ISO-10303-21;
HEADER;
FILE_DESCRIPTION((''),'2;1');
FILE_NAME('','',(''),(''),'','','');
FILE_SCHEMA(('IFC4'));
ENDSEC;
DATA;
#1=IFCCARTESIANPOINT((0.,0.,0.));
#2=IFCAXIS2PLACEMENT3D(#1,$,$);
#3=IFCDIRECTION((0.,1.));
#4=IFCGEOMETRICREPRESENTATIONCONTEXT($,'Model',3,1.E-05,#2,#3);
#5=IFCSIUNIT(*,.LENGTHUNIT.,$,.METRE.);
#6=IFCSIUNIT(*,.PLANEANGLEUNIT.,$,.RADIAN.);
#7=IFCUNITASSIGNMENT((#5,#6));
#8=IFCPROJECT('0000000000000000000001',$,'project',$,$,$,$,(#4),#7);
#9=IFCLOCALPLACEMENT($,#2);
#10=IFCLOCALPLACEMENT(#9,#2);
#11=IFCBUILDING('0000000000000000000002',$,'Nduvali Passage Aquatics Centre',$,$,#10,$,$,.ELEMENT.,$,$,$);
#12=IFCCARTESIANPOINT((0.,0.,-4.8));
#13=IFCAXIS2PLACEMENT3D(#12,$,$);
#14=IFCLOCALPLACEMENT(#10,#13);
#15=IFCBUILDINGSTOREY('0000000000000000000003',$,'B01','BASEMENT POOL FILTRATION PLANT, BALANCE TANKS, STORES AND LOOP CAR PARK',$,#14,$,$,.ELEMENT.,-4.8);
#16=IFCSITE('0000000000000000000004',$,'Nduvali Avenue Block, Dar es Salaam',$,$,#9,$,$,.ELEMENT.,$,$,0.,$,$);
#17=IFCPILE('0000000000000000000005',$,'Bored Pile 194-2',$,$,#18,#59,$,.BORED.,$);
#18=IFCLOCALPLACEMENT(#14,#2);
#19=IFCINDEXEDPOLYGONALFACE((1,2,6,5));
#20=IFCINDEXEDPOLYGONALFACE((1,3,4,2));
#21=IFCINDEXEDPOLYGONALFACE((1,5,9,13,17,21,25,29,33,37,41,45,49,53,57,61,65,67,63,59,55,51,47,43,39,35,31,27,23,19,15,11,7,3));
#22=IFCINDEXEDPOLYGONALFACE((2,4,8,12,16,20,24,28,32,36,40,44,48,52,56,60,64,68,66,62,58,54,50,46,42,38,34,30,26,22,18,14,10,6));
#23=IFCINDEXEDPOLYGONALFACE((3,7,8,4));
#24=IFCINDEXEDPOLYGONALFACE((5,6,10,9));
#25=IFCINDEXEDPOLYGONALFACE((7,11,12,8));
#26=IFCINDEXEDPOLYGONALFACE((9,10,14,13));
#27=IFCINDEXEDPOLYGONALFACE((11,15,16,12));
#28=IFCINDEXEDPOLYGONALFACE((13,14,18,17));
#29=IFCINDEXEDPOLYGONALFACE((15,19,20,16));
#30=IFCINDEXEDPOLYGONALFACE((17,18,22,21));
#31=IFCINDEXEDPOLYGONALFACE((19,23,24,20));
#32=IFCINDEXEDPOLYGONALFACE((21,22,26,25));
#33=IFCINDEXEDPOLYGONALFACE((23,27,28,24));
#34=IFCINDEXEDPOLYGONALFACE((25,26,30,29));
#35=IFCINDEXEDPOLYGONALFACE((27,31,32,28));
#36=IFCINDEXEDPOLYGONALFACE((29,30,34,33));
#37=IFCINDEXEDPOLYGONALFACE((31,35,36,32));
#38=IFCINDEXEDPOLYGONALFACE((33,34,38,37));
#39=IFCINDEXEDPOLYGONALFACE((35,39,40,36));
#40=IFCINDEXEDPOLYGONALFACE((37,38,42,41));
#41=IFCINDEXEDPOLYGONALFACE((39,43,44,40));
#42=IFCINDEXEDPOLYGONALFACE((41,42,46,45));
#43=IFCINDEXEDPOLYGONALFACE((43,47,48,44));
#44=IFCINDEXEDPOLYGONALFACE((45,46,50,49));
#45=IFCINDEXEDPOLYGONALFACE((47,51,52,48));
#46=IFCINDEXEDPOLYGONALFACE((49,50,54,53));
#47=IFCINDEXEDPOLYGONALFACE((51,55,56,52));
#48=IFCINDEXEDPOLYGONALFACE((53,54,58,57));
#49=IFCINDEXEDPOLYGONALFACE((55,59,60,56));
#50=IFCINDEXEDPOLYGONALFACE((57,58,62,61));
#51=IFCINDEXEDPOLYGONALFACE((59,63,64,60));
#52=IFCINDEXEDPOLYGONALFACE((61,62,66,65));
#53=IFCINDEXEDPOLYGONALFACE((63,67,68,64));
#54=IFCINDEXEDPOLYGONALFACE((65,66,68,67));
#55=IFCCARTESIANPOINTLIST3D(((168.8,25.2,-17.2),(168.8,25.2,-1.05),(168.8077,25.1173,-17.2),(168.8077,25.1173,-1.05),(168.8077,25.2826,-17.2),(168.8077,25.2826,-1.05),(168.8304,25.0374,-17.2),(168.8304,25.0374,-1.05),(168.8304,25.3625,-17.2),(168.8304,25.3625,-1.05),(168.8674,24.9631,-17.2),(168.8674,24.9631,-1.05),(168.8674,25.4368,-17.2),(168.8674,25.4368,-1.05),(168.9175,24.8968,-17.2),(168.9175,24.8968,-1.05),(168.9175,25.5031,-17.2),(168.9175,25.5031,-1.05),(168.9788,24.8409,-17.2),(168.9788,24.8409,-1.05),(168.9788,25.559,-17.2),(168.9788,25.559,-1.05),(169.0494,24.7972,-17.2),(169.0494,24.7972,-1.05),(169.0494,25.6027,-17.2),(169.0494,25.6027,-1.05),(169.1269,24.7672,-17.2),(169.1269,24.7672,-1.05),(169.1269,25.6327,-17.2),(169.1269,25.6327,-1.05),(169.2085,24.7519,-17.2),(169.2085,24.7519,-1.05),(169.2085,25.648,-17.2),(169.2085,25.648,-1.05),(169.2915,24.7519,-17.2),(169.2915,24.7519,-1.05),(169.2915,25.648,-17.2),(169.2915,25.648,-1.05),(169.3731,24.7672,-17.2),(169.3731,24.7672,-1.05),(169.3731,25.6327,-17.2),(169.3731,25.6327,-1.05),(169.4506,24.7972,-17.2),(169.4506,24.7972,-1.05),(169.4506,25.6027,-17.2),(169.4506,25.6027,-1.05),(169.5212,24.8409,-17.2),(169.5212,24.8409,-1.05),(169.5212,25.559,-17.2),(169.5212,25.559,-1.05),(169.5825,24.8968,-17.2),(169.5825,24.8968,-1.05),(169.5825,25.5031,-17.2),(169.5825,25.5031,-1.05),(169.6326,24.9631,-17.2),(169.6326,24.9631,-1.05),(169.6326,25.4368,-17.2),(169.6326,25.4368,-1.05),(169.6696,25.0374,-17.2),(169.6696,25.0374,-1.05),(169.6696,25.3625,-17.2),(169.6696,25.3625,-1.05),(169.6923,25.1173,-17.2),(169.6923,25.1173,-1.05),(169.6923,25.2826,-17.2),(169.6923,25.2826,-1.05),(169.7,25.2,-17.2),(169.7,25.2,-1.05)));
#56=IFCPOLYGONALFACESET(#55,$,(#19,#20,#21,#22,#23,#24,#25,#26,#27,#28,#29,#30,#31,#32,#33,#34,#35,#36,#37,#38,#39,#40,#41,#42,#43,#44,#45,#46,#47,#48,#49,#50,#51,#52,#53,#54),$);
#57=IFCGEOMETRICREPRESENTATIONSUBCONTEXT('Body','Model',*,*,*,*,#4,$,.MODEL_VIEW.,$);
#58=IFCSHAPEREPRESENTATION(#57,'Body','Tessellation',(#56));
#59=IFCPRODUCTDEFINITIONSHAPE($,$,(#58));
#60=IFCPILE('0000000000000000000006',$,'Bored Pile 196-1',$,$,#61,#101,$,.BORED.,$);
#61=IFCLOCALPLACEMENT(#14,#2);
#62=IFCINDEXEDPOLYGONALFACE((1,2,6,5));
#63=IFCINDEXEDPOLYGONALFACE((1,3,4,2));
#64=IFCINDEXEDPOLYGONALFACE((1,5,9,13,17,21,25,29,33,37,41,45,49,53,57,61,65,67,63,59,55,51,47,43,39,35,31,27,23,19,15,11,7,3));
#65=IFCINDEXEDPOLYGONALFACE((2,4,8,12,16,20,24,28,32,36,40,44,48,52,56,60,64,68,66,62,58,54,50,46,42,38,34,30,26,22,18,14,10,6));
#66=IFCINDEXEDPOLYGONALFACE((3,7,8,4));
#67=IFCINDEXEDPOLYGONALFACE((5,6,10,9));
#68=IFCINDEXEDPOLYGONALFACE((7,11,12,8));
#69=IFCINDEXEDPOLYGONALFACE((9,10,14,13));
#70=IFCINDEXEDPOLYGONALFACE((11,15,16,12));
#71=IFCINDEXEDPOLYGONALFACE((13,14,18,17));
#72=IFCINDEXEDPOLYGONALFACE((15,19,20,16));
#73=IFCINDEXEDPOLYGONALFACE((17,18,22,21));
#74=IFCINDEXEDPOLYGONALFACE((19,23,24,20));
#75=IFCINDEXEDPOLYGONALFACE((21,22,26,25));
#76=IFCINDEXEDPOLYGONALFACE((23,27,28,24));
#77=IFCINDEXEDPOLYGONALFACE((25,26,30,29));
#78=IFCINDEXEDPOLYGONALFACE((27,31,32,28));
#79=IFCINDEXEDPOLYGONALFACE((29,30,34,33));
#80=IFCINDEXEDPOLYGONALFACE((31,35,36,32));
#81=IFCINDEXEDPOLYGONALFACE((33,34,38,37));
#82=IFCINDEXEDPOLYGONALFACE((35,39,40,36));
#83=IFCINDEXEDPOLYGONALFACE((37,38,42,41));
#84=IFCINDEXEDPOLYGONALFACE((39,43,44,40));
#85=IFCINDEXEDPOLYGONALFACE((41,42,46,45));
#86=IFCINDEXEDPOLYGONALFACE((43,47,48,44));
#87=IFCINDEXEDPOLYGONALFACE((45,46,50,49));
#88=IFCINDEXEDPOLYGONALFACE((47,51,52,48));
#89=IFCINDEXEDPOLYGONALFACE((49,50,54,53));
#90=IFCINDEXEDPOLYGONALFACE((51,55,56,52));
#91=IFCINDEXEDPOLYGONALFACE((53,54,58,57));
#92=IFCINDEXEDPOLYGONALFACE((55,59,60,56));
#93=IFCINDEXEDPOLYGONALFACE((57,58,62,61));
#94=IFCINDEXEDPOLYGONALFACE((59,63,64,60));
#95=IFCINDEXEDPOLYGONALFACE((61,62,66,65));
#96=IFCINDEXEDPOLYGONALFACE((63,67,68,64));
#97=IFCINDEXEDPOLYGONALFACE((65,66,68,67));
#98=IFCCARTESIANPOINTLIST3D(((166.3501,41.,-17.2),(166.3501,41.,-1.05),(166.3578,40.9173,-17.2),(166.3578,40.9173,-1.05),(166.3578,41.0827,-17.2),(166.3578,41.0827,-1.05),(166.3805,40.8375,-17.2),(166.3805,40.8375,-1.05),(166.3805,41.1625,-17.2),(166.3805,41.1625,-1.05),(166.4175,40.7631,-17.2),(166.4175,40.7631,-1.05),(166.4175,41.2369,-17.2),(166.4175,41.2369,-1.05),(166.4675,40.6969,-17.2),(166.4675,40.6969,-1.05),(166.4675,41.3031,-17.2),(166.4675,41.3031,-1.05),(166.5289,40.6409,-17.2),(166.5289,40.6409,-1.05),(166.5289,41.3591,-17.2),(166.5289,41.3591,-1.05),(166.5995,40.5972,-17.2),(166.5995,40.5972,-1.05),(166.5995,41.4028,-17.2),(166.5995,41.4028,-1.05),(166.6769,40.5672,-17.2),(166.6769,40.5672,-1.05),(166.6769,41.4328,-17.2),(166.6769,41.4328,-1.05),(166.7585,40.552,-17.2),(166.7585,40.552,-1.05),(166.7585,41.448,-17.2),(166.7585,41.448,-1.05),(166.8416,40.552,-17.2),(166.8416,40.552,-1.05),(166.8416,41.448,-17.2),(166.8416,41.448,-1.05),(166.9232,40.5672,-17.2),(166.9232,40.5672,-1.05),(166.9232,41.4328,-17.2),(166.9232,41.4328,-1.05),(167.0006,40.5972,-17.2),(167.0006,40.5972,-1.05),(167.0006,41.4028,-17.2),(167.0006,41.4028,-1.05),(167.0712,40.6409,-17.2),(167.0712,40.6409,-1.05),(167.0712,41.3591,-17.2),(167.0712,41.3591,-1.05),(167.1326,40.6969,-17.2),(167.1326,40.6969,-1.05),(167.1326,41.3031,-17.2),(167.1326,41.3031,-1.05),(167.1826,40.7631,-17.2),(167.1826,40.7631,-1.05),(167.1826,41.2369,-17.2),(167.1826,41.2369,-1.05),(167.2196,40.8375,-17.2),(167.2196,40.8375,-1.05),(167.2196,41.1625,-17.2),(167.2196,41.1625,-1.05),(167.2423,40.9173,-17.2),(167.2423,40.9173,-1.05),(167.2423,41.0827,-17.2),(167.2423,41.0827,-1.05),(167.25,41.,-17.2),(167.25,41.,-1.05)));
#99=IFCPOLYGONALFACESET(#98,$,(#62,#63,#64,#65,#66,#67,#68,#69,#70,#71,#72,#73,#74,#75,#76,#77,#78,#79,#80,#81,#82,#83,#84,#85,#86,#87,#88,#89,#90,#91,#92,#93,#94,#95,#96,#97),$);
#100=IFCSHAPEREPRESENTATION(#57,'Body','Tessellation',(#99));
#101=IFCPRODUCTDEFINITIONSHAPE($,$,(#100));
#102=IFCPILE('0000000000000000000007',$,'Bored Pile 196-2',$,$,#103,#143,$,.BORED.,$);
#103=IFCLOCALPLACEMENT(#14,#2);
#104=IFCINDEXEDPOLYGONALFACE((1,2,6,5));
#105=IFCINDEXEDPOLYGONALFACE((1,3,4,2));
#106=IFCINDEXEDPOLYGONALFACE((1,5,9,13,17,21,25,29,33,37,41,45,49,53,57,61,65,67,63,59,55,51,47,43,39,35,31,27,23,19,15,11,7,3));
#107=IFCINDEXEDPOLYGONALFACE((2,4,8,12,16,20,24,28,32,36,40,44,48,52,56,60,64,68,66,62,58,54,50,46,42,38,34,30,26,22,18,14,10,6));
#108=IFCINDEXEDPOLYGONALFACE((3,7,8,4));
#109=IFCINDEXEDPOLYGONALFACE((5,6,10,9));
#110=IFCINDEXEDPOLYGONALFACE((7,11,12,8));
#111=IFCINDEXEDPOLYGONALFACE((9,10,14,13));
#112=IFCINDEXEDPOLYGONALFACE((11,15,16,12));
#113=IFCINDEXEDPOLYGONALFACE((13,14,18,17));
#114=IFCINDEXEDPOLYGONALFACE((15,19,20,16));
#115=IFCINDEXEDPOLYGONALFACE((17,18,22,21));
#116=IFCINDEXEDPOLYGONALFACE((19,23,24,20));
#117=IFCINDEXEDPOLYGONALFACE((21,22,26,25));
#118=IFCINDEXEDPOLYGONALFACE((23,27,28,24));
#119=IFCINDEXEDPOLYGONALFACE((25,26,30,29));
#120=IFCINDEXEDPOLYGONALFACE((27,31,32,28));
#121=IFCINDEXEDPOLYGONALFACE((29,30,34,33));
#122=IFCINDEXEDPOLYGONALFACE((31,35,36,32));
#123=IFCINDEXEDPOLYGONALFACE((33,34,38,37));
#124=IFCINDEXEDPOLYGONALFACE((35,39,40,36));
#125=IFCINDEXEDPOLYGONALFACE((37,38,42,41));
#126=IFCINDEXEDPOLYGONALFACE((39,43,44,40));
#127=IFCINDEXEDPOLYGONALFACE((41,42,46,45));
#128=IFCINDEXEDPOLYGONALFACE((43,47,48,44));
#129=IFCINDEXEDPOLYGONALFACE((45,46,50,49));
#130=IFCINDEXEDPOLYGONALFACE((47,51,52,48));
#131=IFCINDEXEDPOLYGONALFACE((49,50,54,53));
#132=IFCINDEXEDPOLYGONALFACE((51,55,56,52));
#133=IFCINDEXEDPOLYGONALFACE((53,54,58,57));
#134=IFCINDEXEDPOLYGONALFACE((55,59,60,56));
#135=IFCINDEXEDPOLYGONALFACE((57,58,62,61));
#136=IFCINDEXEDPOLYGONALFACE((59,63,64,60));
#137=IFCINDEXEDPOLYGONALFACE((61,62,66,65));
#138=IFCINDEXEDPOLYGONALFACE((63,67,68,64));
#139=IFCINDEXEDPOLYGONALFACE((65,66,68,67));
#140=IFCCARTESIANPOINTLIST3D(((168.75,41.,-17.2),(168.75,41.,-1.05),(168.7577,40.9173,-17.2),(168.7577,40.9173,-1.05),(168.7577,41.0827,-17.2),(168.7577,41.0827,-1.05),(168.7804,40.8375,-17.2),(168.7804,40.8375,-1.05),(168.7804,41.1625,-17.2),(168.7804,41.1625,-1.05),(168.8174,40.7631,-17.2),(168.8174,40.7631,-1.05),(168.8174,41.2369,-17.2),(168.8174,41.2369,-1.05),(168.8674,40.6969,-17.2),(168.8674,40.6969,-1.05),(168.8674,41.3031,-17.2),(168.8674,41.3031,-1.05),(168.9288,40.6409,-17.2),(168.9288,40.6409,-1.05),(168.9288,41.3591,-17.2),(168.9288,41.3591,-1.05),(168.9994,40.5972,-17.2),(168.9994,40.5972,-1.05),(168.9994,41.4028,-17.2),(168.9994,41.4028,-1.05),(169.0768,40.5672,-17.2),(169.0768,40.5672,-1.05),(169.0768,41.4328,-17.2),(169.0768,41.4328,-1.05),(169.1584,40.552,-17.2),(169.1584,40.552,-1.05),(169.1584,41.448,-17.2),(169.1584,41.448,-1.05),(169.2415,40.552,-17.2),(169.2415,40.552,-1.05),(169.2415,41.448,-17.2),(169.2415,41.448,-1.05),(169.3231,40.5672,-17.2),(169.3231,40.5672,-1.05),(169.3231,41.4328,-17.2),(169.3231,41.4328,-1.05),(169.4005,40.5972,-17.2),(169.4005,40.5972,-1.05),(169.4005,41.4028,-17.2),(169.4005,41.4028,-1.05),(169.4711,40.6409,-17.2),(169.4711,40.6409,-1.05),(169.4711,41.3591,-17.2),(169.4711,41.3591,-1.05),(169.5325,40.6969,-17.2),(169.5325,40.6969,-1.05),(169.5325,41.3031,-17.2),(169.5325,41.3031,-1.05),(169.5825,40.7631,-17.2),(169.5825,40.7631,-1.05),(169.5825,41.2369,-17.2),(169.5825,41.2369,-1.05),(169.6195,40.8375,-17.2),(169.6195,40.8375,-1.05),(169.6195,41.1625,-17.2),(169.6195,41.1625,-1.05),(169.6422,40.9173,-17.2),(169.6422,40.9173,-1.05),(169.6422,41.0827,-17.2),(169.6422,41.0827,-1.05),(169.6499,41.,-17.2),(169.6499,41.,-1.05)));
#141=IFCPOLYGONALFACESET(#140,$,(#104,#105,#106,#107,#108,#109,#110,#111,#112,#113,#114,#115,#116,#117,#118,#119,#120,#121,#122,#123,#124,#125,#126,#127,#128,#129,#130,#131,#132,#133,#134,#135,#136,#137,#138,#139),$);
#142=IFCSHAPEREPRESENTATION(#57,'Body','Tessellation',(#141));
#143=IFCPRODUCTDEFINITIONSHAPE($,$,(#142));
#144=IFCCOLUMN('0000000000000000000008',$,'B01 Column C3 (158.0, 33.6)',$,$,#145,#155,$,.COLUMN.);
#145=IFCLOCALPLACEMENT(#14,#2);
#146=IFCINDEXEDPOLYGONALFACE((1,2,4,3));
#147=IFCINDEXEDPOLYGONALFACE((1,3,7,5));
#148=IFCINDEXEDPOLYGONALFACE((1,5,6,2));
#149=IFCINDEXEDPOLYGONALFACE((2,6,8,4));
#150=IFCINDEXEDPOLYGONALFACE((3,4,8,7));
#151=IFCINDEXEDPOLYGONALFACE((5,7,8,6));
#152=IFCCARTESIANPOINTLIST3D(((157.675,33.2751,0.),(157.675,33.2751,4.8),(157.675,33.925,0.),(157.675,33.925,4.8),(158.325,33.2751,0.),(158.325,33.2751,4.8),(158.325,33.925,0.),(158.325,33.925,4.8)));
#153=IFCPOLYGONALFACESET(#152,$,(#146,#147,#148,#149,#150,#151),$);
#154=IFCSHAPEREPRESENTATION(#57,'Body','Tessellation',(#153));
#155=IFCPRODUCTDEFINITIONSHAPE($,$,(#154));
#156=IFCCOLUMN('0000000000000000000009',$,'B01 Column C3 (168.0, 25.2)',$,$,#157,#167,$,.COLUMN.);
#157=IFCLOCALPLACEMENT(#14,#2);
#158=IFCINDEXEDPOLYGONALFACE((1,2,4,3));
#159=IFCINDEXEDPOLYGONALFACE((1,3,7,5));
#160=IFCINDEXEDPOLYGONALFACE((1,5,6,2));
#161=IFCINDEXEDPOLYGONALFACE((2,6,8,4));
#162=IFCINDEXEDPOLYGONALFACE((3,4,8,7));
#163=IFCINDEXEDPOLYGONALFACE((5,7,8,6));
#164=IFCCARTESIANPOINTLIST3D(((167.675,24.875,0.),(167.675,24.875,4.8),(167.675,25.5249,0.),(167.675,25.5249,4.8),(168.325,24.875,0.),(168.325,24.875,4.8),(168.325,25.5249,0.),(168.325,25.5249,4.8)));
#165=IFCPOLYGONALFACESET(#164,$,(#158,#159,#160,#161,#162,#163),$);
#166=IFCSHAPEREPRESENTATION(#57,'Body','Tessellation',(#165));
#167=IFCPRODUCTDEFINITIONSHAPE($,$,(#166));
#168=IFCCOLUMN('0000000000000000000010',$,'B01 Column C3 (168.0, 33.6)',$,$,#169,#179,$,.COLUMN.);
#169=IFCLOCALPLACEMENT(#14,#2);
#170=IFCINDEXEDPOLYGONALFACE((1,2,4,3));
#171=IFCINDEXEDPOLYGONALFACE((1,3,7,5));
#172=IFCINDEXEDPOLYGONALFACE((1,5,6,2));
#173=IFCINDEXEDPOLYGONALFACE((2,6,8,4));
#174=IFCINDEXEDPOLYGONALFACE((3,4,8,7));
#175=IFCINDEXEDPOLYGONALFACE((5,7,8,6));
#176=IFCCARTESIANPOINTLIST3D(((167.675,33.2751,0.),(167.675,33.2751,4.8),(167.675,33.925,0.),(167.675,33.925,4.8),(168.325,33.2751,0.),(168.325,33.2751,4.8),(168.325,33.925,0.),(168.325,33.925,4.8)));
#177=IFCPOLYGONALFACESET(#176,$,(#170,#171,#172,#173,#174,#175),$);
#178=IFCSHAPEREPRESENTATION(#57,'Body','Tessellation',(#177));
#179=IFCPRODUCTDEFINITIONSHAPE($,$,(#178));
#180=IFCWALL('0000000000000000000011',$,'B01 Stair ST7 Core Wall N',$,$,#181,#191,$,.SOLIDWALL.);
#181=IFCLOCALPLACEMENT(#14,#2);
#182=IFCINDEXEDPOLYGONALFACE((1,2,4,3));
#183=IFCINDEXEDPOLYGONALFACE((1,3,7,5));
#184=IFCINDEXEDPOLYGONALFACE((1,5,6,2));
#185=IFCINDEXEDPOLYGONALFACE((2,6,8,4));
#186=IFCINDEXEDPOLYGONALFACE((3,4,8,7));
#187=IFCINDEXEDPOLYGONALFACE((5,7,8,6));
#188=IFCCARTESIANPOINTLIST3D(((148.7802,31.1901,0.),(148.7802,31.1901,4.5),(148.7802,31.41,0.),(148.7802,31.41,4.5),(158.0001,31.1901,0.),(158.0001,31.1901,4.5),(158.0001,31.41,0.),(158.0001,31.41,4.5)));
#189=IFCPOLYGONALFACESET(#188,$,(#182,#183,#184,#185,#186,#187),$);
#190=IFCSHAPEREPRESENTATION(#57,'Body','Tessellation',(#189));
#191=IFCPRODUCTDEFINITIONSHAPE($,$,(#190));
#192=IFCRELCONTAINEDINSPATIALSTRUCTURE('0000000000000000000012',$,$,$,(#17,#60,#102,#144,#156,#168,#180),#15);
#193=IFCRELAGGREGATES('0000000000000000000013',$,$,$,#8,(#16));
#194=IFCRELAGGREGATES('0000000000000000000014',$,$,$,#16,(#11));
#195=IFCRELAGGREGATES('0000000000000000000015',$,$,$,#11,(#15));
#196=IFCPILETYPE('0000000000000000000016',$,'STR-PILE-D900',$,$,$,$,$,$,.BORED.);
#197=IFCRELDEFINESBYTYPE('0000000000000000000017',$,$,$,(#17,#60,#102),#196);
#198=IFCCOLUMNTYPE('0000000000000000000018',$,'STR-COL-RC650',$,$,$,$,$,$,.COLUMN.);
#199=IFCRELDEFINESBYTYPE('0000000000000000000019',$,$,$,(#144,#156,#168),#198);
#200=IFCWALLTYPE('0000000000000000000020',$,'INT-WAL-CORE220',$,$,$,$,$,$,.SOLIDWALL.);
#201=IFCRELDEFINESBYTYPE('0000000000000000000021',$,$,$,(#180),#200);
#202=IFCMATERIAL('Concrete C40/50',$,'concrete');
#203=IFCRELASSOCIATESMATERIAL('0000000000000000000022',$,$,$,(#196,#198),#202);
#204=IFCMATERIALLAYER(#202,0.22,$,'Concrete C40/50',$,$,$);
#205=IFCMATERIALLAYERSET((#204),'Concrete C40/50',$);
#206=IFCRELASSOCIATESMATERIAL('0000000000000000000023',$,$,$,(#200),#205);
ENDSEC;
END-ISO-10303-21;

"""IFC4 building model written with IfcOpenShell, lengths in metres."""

from ifc_helpers import new_model, si_unit, direction, frame, frame_2d, origin, origin_2d, place, context, subcontext, project, spatial, rectangle, circle, extrude, material, layer, layer_set, material_profile, profile_set, type_object, element, save


model = new_model("IFC4")

# Units and contexts
model_context = context("Model", 3, precision=1e-05, world=origin(), true_north=direction((0.0, 1.0)))
body_context = subcontext(model_context, "Body", "Model", "MODEL_VIEW")
ifc_project = project(units=[si_unit("LENGTHUNIT", "METRE"), si_unit("PLANEANGLEUNIT", "RADIAN")], contexts=[model_context])

# Site, building, storey
site_placement = place(None, origin())
site = spatial("IfcSite", under=ifc_project, at=site_placement, Name="Nduvali Avenue Block, Dar es Salaam", CompositionType="ELEMENT", RefElevation=0.0)
building_placement = place(site_placement, origin())
building = spatial("IfcBuilding", under=site, at=building_placement, Name="Nduvali Passage Aquatics Centre", CompositionType="ELEMENT")
storey_placement = place(building_placement, frame((0.0, 0.0, -4.8)))
storey = spatial("IfcBuildingStorey", under=building, at=storey_placement, Name="B01", Description="BASEMENT POOL FILTRATION PLANT, BALANCE TANKS, STORES AND LOOP CAR PARK", CompositionType="ELEMENT", Elevation=-4.8)

# Shared definitions
ifc_material = material(Name="Concrete C40/50", Category="concrete")

# Piles
ifc_material_profile_1 = material_profile(ifc_material, circle(Radius=0.45, at=origin_2d()), Name="PILE D900")
ifc_profile_set_1 = profile_set([ifc_material_profile_1], Name="Concrete C40/50")
pile_type_1 = type_object("IfcPileType", Name="STR-PILE-D900", PredefinedType="BORED", material=ifc_profile_set_1)
for number, where, z_axis, x_axis, name in (
    (1, (169.25, 25.2, -1.05), (0.0, 0.0, -1.0), (1.0, 0.0, 0.0), "Bored Pile 194-2"),
    (2, (166.8, 41.0, -1.05), (0.0, 0.0, -1.0), (1.0, 0.0, 0.0), "Bored Pile 196-1"),
    (3, (169.2, 41.0, -1.05), (0.0, 0.0, -1.0), (1.0, 0.0, 0.0), "Bored Pile 196-2"),
):
    element("IfcPile", number, at=place(storey_placement, frame(where, z_axis=z_axis, x_axis=x_axis)), inside=storey, type_object=pile_type_1, Name=name, PredefinedType="BORED", context=body_context, shape_type="SweptSolid", body=[
        extrude(circle(Radius=0.45, at=origin_2d()), origin(), (0.0, 0.0, 1.0), 16.1499),
    ])

# Columns
ifc_material_profile_2 = material_profile(ifc_material, rectangle(XDim=0.6499, YDim=0.6499, at=origin_2d()), Name="RC 650x650")
ifc_profile_set_2 = profile_set([ifc_material_profile_2], Name="Concrete C40/50")
column_type = type_object("IfcColumnType", Name="STR-COL-RC650", PredefinedType="COLUMN", material=ifc_profile_set_2)
for number, where, z_axis, x_axis, name in (
    (4, (158.0, 33.6001, 0.0), (0.0, 0.0, 1.0), (1.0, 0.0, 0.0), "B01 Column C3 (158.0, 33.6)"),
    (5, (168.0, 25.2, 0.0), (0.0, 0.0, 1.0), (1.0, 0.0, 0.0), "B01 Column C3 (168.0, 25.2)"),
    (6, (168.0, 33.6001, 0.0), (0.0, 0.0, 1.0), (1.0, 0.0, 0.0), "B01 Column C3 (168.0, 33.6)"),
):
    element("IfcColumn", number, at=place(storey_placement, frame(where, z_axis=z_axis, x_axis=x_axis)), inside=storey, type_object=column_type, Name=name, PredefinedType="COLUMN", context=body_context, shape_type="SweptSolid", body=[
        extrude(rectangle(XDim=0.6499, YDim=0.6499, at=origin_2d()), origin(), (0.0, 0.0, 1.0), 4.8),
    ])

# Wall
ifc_layer = layer(ifc_material, 0.22, Name="Concrete C40/50")
ifc_layer_set = layer_set([ifc_layer], Name="Concrete C40/50")
wall_type = type_object("IfcWallType", Name="INT-WAL-CORE220", PredefinedType="SOLIDWALL", material=ifc_layer_set)
wall_placement = place(storey_placement, frame((158.0, 31.3, 0.0), z_axis=(0.0, 0.0, 1.0), x_axis=(-1.0, 0.0, 0.0)))
element("IfcWall", 7, at=wall_placement, inside=storey, type_object=wall_type, Name="B01 Stair ST7 Core Wall N", PredefinedType="SOLIDWALL", context=body_context, shape_type="SweptSolid", body=[
    extrude(rectangle(XDim=9.22, YDim=0.22, at=frame_2d((4.6099, 0.0))), origin(), (0.0, 0.0, 1.0), 4.5),
])

save(model, "model.ifc")
